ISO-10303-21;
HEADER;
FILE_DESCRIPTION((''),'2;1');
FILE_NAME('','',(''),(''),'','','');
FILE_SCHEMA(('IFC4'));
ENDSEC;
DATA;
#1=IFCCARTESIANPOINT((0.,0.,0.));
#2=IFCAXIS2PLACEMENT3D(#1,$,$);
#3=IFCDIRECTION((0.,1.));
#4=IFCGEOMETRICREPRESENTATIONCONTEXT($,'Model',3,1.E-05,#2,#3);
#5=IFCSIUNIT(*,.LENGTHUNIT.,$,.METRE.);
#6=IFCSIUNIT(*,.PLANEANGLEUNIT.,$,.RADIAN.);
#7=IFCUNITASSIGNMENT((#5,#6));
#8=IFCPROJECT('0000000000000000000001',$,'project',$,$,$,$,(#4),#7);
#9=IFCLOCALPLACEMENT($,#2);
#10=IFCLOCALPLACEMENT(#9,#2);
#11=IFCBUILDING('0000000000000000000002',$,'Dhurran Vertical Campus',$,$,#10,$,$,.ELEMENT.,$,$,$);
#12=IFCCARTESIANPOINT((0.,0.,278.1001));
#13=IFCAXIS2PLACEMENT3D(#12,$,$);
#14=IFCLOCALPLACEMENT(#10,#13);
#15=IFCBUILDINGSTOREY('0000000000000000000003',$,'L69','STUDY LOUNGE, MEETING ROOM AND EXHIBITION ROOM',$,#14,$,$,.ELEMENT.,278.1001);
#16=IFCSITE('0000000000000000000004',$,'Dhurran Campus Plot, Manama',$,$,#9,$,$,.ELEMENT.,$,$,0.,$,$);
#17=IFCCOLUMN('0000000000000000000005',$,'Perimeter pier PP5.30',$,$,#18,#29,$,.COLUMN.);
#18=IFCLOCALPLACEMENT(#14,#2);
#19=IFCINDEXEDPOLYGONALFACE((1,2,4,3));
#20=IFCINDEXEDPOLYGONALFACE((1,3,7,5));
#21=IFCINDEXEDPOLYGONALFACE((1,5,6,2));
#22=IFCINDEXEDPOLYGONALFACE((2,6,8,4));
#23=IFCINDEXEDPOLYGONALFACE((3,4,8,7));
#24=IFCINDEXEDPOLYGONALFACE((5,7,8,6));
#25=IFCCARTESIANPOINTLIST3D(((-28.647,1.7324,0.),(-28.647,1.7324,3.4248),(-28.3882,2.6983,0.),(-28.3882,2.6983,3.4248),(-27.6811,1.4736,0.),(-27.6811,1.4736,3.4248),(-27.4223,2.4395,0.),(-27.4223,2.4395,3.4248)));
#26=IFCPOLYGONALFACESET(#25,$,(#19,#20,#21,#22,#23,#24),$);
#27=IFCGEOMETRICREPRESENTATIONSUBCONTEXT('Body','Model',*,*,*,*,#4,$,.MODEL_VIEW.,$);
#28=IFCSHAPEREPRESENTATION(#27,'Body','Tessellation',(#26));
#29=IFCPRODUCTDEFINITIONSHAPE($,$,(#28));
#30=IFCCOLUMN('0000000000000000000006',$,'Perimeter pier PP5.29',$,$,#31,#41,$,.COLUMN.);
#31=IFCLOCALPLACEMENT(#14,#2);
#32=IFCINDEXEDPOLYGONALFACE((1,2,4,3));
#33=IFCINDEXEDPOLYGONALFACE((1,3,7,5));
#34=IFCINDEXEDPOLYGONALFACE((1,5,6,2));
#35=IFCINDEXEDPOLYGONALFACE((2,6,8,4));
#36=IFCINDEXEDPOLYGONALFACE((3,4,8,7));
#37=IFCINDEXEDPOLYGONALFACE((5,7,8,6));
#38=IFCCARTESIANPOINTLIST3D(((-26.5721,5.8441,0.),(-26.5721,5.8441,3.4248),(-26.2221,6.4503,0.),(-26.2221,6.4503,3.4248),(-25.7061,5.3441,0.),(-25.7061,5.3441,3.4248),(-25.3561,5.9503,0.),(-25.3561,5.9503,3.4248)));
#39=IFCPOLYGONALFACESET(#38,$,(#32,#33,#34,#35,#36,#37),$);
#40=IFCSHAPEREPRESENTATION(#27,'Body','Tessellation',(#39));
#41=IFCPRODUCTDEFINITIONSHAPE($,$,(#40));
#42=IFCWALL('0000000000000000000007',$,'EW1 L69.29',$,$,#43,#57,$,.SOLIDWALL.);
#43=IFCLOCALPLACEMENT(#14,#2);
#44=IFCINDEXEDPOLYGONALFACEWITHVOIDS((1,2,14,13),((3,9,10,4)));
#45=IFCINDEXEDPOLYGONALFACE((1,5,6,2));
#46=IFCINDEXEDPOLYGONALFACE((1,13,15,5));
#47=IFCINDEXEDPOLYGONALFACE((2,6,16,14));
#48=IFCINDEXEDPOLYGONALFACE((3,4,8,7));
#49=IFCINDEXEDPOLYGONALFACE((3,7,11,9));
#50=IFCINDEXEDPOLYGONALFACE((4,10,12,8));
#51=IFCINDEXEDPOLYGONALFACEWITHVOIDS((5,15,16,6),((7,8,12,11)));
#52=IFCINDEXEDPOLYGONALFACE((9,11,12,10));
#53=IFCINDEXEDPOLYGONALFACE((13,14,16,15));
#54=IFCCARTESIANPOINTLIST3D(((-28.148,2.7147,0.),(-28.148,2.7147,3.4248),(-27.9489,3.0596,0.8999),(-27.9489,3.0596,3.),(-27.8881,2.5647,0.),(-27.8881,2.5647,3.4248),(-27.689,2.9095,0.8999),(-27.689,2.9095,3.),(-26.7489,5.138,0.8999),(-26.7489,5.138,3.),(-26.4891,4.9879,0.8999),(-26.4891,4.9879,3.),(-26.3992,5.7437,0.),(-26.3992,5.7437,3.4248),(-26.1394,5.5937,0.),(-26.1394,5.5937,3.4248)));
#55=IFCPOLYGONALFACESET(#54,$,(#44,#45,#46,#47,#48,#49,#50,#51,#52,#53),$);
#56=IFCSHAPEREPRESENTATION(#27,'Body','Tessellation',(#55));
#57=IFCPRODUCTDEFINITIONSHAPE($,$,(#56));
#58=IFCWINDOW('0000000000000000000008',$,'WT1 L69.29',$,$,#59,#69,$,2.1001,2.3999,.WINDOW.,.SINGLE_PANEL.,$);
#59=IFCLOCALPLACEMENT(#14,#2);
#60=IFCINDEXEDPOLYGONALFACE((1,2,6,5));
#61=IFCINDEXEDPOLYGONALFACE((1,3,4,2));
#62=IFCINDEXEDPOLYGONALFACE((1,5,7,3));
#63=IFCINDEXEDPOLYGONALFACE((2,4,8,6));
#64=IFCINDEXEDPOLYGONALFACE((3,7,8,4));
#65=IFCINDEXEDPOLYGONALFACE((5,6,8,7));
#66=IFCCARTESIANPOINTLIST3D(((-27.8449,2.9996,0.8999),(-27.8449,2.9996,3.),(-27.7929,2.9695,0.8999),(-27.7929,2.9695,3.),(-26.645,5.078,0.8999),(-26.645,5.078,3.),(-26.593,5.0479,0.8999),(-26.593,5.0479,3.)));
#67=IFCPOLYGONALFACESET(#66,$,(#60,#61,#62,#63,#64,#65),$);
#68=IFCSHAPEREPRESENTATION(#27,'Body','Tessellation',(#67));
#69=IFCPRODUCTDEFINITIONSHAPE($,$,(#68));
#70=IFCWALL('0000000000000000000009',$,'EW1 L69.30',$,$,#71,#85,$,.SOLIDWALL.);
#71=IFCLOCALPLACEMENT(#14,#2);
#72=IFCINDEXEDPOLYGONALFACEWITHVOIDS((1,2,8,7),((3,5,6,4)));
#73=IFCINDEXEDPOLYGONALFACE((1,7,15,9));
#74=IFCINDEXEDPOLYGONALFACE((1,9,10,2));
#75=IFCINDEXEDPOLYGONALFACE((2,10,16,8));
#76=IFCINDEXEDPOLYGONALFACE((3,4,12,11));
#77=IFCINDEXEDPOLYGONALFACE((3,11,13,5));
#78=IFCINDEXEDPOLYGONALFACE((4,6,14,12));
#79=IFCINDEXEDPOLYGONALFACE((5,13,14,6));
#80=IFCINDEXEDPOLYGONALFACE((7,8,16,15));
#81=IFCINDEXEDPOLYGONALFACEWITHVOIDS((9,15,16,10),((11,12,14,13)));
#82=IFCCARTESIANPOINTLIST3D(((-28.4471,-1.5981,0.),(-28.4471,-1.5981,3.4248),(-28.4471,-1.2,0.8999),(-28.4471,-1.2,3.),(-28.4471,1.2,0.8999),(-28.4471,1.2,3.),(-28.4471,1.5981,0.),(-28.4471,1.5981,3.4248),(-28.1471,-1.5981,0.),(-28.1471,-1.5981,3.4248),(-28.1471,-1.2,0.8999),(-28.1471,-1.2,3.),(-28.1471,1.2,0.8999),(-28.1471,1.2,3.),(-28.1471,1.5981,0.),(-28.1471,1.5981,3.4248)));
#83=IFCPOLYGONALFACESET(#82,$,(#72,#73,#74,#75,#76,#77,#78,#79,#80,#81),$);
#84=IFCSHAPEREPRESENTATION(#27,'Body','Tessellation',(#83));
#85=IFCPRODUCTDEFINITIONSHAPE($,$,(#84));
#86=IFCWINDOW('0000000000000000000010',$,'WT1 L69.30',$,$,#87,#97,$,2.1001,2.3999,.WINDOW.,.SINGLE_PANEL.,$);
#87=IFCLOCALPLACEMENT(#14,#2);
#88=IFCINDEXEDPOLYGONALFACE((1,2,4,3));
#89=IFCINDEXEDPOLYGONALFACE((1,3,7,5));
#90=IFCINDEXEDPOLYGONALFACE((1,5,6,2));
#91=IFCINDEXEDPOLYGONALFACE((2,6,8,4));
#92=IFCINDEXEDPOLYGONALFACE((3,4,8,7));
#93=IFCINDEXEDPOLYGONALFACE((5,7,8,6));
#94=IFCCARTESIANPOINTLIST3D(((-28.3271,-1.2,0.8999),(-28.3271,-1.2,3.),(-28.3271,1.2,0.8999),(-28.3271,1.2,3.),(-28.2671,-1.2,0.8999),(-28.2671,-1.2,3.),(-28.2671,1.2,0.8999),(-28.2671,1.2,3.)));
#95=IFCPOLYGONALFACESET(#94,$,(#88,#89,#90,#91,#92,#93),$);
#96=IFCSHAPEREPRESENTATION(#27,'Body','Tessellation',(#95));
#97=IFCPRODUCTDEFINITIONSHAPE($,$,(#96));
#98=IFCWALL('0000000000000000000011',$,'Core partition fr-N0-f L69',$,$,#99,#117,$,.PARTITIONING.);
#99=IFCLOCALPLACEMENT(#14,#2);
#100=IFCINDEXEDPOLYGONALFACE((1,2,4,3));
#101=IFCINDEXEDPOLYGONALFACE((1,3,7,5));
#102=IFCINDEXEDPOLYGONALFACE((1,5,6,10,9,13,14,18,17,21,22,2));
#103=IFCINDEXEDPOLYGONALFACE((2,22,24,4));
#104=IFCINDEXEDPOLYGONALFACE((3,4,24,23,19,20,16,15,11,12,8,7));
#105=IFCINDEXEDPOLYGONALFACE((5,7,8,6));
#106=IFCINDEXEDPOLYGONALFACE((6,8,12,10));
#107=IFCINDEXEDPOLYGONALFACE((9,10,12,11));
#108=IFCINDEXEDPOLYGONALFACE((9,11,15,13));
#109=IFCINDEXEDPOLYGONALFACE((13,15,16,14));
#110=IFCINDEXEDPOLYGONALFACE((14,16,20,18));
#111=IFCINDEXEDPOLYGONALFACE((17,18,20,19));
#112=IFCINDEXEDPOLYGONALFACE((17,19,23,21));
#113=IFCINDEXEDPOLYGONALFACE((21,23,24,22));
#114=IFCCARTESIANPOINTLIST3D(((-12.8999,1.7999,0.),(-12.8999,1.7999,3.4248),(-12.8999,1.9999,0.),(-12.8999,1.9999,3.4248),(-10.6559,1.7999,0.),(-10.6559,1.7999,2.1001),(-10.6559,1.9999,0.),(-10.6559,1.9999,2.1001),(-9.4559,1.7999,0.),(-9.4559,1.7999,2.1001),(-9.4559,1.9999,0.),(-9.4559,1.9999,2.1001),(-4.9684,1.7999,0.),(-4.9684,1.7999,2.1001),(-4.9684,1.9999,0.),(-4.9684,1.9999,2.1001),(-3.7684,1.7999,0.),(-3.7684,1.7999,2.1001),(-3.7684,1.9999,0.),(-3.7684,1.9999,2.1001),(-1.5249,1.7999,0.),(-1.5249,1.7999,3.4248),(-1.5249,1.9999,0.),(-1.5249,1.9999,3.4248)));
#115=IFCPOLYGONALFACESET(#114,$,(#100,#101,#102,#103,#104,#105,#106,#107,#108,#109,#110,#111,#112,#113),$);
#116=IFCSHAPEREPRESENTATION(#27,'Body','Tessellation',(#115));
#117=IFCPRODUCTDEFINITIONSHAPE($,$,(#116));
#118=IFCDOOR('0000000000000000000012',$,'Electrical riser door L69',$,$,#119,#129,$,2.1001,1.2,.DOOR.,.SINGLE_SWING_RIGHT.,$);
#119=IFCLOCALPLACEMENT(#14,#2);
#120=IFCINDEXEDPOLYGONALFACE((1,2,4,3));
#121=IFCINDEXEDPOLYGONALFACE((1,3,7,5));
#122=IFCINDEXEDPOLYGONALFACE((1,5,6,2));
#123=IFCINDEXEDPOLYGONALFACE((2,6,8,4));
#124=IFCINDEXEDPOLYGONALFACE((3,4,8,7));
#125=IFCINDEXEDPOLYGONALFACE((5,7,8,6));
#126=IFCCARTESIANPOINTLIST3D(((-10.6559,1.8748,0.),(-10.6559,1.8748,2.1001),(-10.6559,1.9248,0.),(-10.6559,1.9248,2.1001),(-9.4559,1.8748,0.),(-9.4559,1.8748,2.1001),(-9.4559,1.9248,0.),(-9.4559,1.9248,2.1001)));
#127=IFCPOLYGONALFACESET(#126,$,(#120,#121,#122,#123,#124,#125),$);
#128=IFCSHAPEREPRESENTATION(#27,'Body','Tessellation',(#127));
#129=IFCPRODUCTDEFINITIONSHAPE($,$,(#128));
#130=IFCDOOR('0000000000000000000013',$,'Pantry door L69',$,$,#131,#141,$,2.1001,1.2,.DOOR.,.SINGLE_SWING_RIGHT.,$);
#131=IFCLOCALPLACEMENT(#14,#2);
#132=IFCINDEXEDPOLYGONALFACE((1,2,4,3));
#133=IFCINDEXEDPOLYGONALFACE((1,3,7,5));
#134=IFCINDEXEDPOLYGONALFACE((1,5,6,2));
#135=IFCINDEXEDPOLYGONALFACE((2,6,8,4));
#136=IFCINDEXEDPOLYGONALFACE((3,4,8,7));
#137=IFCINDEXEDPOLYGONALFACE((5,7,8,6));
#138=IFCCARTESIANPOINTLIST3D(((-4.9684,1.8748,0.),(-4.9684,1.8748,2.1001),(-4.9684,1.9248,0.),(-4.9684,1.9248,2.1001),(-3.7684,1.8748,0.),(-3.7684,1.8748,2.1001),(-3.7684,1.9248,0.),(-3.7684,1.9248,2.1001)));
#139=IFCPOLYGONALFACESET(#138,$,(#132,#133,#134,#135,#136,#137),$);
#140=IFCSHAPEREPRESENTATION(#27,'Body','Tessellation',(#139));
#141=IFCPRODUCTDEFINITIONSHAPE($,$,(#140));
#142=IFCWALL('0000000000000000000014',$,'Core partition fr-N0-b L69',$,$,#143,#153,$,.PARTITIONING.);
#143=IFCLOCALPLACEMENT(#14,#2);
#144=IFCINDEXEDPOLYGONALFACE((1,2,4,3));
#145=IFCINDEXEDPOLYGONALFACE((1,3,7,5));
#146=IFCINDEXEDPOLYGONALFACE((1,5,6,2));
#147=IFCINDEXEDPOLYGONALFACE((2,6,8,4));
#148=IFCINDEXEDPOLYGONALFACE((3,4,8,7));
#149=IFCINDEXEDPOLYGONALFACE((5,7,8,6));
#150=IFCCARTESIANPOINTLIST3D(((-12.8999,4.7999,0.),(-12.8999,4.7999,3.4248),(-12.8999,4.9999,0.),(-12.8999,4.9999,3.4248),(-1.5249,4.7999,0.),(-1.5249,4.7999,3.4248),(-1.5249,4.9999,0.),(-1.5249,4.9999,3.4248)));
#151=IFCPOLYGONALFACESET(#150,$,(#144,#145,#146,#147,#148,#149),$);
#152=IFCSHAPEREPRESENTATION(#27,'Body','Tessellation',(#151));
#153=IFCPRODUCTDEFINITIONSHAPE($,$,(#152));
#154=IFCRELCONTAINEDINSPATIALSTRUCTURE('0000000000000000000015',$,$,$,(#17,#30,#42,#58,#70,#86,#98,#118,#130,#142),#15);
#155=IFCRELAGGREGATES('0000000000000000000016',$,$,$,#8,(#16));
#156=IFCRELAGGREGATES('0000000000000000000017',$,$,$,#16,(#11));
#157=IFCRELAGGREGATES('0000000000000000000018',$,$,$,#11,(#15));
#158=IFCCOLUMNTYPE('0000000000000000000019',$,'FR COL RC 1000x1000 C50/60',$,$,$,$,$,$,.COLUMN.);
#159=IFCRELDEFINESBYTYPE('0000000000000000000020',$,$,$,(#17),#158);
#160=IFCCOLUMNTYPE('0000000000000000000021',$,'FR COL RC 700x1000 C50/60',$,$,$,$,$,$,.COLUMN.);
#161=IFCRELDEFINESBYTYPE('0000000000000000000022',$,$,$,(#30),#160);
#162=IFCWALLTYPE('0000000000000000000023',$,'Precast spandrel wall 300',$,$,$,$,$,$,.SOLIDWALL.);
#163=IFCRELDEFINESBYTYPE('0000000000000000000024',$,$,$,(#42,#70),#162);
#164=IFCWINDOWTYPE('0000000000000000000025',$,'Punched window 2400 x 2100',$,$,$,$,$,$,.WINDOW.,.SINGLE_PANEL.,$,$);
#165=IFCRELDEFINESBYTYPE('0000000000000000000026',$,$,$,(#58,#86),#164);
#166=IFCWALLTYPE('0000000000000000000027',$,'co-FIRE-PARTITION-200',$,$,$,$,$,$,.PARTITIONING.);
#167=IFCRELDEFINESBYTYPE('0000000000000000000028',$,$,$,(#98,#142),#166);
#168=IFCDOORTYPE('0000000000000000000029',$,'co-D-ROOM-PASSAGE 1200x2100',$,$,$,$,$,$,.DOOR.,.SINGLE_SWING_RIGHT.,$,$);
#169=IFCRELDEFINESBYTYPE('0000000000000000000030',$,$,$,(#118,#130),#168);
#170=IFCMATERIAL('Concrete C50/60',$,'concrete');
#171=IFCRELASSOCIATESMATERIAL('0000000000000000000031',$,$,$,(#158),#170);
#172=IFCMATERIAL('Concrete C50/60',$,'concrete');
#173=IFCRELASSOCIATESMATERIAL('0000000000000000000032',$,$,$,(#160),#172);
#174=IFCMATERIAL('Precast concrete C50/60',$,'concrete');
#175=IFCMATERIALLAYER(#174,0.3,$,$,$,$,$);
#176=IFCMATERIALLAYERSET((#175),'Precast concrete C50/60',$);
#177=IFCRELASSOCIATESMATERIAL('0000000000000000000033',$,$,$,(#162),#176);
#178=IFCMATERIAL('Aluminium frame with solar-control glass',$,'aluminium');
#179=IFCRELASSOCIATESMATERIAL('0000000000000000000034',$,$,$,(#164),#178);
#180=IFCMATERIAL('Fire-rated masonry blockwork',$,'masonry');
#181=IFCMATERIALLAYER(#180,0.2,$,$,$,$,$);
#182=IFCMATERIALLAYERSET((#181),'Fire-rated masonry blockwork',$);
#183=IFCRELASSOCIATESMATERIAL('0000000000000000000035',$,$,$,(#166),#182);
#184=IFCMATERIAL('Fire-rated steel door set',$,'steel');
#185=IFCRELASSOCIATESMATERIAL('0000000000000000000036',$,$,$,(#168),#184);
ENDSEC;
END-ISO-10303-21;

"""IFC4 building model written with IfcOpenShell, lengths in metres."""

from ifc_helpers import new_model, si_unit, direction, frame, frame_2d, origin, origin_2d, place, context, subcontext, project, spatial, rectangle, extrude, material, layer, layer_set, material_profile, profile_set, type_object, element, fill, save


model = new_model("IFC4")

# Units and contexts
model_context = context("Model", 3, precision=1e-05, world=origin(), true_north=direction((0.0, 1.0)))
body_context = subcontext(model_context, "Body", "Model", "MODEL_VIEW")
ifc_project = project(units=[si_unit("LENGTHUNIT", "METRE"), si_unit("PLANEANGLEUNIT", "RADIAN")], contexts=[model_context])

# Site, building, storey
site_placement = place(None, origin())
site = spatial("IfcSite", under=ifc_project, at=site_placement, Name="Dhurran Campus Plot, Manama", CompositionType="ELEMENT", RefElevation=0.0)
building_placement = place(site_placement, origin())
building = spatial("IfcBuilding", under=site, at=building_placement, Name="Dhurran Vertical Campus", CompositionType="ELEMENT")
storey_placement = place(building_placement, frame((0.0, 0.0, 278.1001)))
storey = spatial("IfcBuildingStorey", under=building, at=storey_placement, Name="L69", Description="STUDY LOUNGE, MEETING ROOM AND EXHIBITION ROOM", CompositionType="ELEMENT", Elevation=278.1001)

# Columns
ifc_material_1 = material(Name="Concrete C50/60", Category="concrete")
ifc_material_profile_1 = material_profile(ifc_material_1, rectangle(XDim=1.0, YDim=1.0, at=origin_2d()), Name="RC 1000x1000")
ifc_profile_set_1 = profile_set([ifc_material_profile_1], Name="Concrete C50/60")
column_type_1 = type_object("IfcColumnType", Name="FR COL RC 1000x1000 C50/60", PredefinedType="COLUMN", material=ifc_profile_set_1)
column_1_placement = place(storey_placement, frame((-28.0347, 2.0859, 0.0), z_axis=(0.0, 0.0, 1.0), x_axis=(-0.258819, -0.965926, 0.0)))
element("IfcColumn", 1, at=column_1_placement, inside=storey, type_object=column_type_1, Name="Perimeter pier PP5.30", PredefinedType="COLUMN", context=body_context, shape_type="SweptSolid", body=[
    extrude(rectangle(XDim=1.0, YDim=1.0, at=origin_2d()), origin(), (0.0, 0.0, 1.0), 3.4248),
])
ifc_material_2 = material(Name="Concrete C50/60", Category="concrete")
ifc_material_profile_2 = material_profile(ifc_material_2, rectangle(XDim=0.7, YDim=1.0, at=origin_2d()), Name="RC 700x1000")
ifc_profile_set_2 = profile_set([ifc_material_profile_2], Name="Concrete C50/60")
column_type_2 = type_object("IfcColumnType", Name="FR COL RC 700x1000 C50/60", PredefinedType="COLUMN", material=ifc_profile_set_2)
column_2_placement = place(storey_placement, frame((-25.9641, 5.8972, 0.0), z_axis=(0.0, 0.0, 1.0), x_axis=(-0.5, -0.866025, 0.0)))
element("IfcColumn", 2, at=column_2_placement, inside=storey, type_object=column_type_2, Name="Perimeter pier PP5.29", PredefinedType="COLUMN", context=body_context, shape_type="SweptSolid", body=[
    extrude(rectangle(XDim=0.7, YDim=1.0, at=origin_2d()), origin(), (0.0, 0.0, 1.0), 3.4248),
])

# Walls, openings, windows
ifc_material_3 = material(Name="Precast concrete C50/60", Category="concrete")
ifc_layer_1 = layer(ifc_material_3, 0.3)
ifc_layer_set_1 = layer_set([ifc_layer_1], Name="Precast concrete C50/60")
wall_type_1 = type_object("IfcWallType", Name="Precast spandrel wall 300", PredefinedType="SOLIDWALL", material=ifc_layer_set_1)
wall_1_placement = place(storey_placement, frame((-26.2693, 5.6687, 0.0), z_axis=(0.0, 0.0, 1.0), x_axis=(-0.49999, -0.866031, 0.0)))
wall_1 = element("IfcWall", 3, at=wall_1_placement, inside=storey, type_object=wall_type_1, Name="EW1 L69.29", PredefinedType="SOLIDWALL", context=body_context, shape_type="SweptSolid", body=[
    extrude(rectangle(XDim=3.4976, YDim=0.3, at=frame_2d((1.7488, 0.0))), origin(), (0.0, 0.0, 1.0), 3.4248),
])
opening_1_placement = place(wall_1_placement, frame((0.6995, 0.0, 0.8999)))
opening_1 = element("IfcOpeningElement", 4, at=opening_1_placement, cuts=wall_1, PredefinedType="OPENING", context=body_context, shape_type="SweptSolid", body=[
    extrude(rectangle(XDim=2.3999, YDim=2.1001, at=frame_2d((1.2, 1.05))), frame((0.0, 0.1599, 0.0), z_axis=(0.0, -1.0, 0.0), x_axis=(1.0, 0.0, 0.0)), (0.0, 0.0, 1.0), 0.3201),
])
ifc_material_4 = material(Name="Aluminium frame with solar-control glass", Category="aluminium")
window_type = type_object("IfcWindowType", Name="Punched window 2400 x 2100", PartitioningType="SINGLE_PANEL", PredefinedType="WINDOW", material=ifc_material_4)
window_1_placement = place(opening_1_placement, origin())
window_1 = element("IfcWindow", 5, at=window_1_placement, inside=storey, type_object=window_type, Name="WT1 L69.29", OverallHeight=2.1001, OverallWidth=2.3999, PartitioningType="SINGLE_PANEL", PredefinedType="WINDOW", context=body_context, shape_type="SweptSolid", body=[
    extrude(rectangle(XDim=2.3999, YDim=2.1001, at=frame_2d((1.2, 1.05))), frame((0.0, 0.03, 0.0), z_axis=(0.0, -1.0, 0.0), x_axis=(1.0, 0.0, 0.0)), (0.0, 0.0, 1.0), 0.0601),
])
fill(opening_1, window_1)
wall_2_placement = place(storey_placement, frame((-28.2971, 1.5981, 0.0), z_axis=(0.0, 0.0, 1.0), x_axis=(0.0, -1.0, 0.0)))
wall_2 = element("IfcWall", 6, at=wall_2_placement, inside=storey, type_object=wall_type_1, Name="EW1 L69.30", PredefinedType="SOLIDWALL", context=body_context, shape_type="SweptSolid", body=[
    extrude(rectangle(XDim=3.1963, YDim=0.3, at=frame_2d((1.5981, 0.0))), origin(), (0.0, 0.0, 1.0), 3.4248),
])
opening_2_placement = place(wall_2_placement, frame((0.3982, 0.0, 0.8999)))
opening_2 = element("IfcOpeningElement", 7, at=opening_2_placement, cuts=wall_2, PredefinedType="OPENING", context=body_context, shape_type="SweptSolid", body=[
    extrude(rectangle(XDim=2.3999, YDim=2.1001, at=frame_2d((1.2, 1.05))), frame((0.0, 0.1599, 0.0), z_axis=(0.0, -1.0, 0.0), x_axis=(1.0, 0.0, 0.0)), (0.0, 0.0, 1.0), 0.3201),
])
window_2_placement = place(opening_2_placement, origin())
window_2 = element("IfcWindow", 8, at=window_2_placement, inside=storey, type_object=window_type, Name="WT1 L69.30", OverallHeight=2.1001, OverallWidth=2.3999, PartitioningType="SINGLE_PANEL", PredefinedType="WINDOW", context=body_context, shape_type="SweptSolid", body=[
    extrude(rectangle(XDim=2.3999, YDim=2.1001, at=frame_2d((1.2, 1.05))), frame((0.0, 0.03, 0.0), z_axis=(0.0, -1.0, 0.0), x_axis=(1.0, 0.0, 0.0)), (0.0, 0.0, 1.0), 0.0601),
])
fill(opening_2, window_2)

# Wall, openings, doors
ifc_material_5 = material(Name="Fire-rated masonry blockwork", Category="masonry")
ifc_layer_2 = layer(ifc_material_5, 0.2)
ifc_layer_set_2 = layer_set([ifc_layer_2], Name="Fire-rated masonry blockwork")
wall_type_2 = type_object("IfcWallType", Name="co-FIRE-PARTITION-200", PredefinedType="PARTITIONING", material=ifc_layer_set_2)
wall_3_placement = place(storey_placement, frame((-12.8999, 1.8999, 0.0), z_axis=(0.0, 0.0, 1.0), x_axis=(1.0, 0.0, 0.0)))
wall_3 = element("IfcWall", 9, at=wall_3_placement, inside=storey, type_object=wall_type_2, Name="Core partition fr-N0-f L69", PredefinedType="PARTITIONING", context=body_context, shape_type="SweptSolid", body=[
    extrude(rectangle(XDim=11.375, YDim=0.2, at=frame_2d((5.6875, 0.0))), origin(), (0.0, 0.0, 1.0), 3.4248),
])
opening_3_placement = place(wall_3_placement, frame((2.2439, 0.0, 0.0)))
opening_3 = element("IfcOpeningElement", 10, at=opening_3_placement, cuts=wall_3, PredefinedType="OPENING", context=body_context, shape_type="SweptSolid", body=[
    extrude(rectangle(XDim=1.2, YDim=2.1001, at=frame_2d((0.6001, 1.05))), frame((0.0, 0.1099, 0.0), z_axis=(0.0, -1.0, 0.0), x_axis=(1.0, 0.0, 0.0)), (0.0, 0.0, 1.0), 0.22),
])
opening_4_placement = place(wall_3_placement, frame((7.9314, 0.0, 0.0)))
opening_4 = element("IfcOpeningElement", 11, at=opening_4_placement, cuts=wall_3, PredefinedType="OPENING", context=body_context, shape_type="SweptSolid", body=[
    extrude(rectangle(XDim=1.2, YDim=2.1001, at=frame_2d((0.6001, 1.05))), frame((0.0, 0.1099, 0.0), z_axis=(0.0, -1.0, 0.0), x_axis=(1.0, 0.0, 0.0)), (0.0, 0.0, 1.0), 0.22),
])
ifc_material_6 = material(Name="Fire-rated steel door set", Category="steel")
door_type_1 = type_object("IfcDoorType", Name="co-D-ROOM-PASSAGE 1200x2100", OperationType="SINGLE_SWING_RIGHT", PredefinedType="DOOR", material=ifc_material_6)
door_1_placement = place(opening_3_placement, origin())
door_1 = element("IfcDoor", 12, at=door_1_placement, inside=storey, type_object=door_type_1, Name="Electrical riser door L69", OperationType="SINGLE_SWING_RIGHT", OverallHeight=2.1001, OverallWidth=1.2, PredefinedType="DOOR", context=body_context, shape_type="SweptSolid", body=[
    extrude(rectangle(XDim=1.2, YDim=2.1001, at=frame_2d((0.6001, 1.05))), frame((0.0, 0.0249, 0.0), z_axis=(0.0, -1.0, 0.0), x_axis=(1.0, 0.0, 0.0)), (0.0, 0.0, 1.0), 0.05),
])
fill(opening_3, door_1)
door_2_placement = place(opening_4_placement, origin())
door_2 = element("IfcDoor", 13, at=door_2_placement, inside=storey, type_object=door_type_1, Name="Pantry door L69", OperationType="SINGLE_SWING_RIGHT", OverallHeight=2.1001, OverallWidth=1.2, PredefinedType="DOOR", context=body_context, shape_type="SweptSolid", body=[
    extrude(rectangle(XDim=1.2, YDim=2.1001, at=frame_2d((0.6001, 1.05))), frame((0.0, 0.0249, 0.0), z_axis=(0.0, -1.0, 0.0), x_axis=(1.0, 0.0, 0.0)), (0.0, 0.0, 1.0), 0.05),
])
fill(opening_4, door_2)

# Wall
wall_4_placement = place(storey_placement, frame((-12.8999, 4.8999, 0.0), z_axis=(0.0, 0.0, 1.0), x_axis=(1.0, 0.0, 0.0)))
element("IfcWall", 14, at=wall_4_placement, inside=storey, type_object=wall_type_2, Name="Core partition fr-N0-b L69", PredefinedType="PARTITIONING", context=body_context, shape_type="SweptSolid", body=[
    extrude(rectangle(XDim=11.375, YDim=0.2, at=frame_2d((5.6875, 0.0))), origin(), (0.0, 0.0, 1.0), 3.4248),
])

save(model, "model.ifc")
